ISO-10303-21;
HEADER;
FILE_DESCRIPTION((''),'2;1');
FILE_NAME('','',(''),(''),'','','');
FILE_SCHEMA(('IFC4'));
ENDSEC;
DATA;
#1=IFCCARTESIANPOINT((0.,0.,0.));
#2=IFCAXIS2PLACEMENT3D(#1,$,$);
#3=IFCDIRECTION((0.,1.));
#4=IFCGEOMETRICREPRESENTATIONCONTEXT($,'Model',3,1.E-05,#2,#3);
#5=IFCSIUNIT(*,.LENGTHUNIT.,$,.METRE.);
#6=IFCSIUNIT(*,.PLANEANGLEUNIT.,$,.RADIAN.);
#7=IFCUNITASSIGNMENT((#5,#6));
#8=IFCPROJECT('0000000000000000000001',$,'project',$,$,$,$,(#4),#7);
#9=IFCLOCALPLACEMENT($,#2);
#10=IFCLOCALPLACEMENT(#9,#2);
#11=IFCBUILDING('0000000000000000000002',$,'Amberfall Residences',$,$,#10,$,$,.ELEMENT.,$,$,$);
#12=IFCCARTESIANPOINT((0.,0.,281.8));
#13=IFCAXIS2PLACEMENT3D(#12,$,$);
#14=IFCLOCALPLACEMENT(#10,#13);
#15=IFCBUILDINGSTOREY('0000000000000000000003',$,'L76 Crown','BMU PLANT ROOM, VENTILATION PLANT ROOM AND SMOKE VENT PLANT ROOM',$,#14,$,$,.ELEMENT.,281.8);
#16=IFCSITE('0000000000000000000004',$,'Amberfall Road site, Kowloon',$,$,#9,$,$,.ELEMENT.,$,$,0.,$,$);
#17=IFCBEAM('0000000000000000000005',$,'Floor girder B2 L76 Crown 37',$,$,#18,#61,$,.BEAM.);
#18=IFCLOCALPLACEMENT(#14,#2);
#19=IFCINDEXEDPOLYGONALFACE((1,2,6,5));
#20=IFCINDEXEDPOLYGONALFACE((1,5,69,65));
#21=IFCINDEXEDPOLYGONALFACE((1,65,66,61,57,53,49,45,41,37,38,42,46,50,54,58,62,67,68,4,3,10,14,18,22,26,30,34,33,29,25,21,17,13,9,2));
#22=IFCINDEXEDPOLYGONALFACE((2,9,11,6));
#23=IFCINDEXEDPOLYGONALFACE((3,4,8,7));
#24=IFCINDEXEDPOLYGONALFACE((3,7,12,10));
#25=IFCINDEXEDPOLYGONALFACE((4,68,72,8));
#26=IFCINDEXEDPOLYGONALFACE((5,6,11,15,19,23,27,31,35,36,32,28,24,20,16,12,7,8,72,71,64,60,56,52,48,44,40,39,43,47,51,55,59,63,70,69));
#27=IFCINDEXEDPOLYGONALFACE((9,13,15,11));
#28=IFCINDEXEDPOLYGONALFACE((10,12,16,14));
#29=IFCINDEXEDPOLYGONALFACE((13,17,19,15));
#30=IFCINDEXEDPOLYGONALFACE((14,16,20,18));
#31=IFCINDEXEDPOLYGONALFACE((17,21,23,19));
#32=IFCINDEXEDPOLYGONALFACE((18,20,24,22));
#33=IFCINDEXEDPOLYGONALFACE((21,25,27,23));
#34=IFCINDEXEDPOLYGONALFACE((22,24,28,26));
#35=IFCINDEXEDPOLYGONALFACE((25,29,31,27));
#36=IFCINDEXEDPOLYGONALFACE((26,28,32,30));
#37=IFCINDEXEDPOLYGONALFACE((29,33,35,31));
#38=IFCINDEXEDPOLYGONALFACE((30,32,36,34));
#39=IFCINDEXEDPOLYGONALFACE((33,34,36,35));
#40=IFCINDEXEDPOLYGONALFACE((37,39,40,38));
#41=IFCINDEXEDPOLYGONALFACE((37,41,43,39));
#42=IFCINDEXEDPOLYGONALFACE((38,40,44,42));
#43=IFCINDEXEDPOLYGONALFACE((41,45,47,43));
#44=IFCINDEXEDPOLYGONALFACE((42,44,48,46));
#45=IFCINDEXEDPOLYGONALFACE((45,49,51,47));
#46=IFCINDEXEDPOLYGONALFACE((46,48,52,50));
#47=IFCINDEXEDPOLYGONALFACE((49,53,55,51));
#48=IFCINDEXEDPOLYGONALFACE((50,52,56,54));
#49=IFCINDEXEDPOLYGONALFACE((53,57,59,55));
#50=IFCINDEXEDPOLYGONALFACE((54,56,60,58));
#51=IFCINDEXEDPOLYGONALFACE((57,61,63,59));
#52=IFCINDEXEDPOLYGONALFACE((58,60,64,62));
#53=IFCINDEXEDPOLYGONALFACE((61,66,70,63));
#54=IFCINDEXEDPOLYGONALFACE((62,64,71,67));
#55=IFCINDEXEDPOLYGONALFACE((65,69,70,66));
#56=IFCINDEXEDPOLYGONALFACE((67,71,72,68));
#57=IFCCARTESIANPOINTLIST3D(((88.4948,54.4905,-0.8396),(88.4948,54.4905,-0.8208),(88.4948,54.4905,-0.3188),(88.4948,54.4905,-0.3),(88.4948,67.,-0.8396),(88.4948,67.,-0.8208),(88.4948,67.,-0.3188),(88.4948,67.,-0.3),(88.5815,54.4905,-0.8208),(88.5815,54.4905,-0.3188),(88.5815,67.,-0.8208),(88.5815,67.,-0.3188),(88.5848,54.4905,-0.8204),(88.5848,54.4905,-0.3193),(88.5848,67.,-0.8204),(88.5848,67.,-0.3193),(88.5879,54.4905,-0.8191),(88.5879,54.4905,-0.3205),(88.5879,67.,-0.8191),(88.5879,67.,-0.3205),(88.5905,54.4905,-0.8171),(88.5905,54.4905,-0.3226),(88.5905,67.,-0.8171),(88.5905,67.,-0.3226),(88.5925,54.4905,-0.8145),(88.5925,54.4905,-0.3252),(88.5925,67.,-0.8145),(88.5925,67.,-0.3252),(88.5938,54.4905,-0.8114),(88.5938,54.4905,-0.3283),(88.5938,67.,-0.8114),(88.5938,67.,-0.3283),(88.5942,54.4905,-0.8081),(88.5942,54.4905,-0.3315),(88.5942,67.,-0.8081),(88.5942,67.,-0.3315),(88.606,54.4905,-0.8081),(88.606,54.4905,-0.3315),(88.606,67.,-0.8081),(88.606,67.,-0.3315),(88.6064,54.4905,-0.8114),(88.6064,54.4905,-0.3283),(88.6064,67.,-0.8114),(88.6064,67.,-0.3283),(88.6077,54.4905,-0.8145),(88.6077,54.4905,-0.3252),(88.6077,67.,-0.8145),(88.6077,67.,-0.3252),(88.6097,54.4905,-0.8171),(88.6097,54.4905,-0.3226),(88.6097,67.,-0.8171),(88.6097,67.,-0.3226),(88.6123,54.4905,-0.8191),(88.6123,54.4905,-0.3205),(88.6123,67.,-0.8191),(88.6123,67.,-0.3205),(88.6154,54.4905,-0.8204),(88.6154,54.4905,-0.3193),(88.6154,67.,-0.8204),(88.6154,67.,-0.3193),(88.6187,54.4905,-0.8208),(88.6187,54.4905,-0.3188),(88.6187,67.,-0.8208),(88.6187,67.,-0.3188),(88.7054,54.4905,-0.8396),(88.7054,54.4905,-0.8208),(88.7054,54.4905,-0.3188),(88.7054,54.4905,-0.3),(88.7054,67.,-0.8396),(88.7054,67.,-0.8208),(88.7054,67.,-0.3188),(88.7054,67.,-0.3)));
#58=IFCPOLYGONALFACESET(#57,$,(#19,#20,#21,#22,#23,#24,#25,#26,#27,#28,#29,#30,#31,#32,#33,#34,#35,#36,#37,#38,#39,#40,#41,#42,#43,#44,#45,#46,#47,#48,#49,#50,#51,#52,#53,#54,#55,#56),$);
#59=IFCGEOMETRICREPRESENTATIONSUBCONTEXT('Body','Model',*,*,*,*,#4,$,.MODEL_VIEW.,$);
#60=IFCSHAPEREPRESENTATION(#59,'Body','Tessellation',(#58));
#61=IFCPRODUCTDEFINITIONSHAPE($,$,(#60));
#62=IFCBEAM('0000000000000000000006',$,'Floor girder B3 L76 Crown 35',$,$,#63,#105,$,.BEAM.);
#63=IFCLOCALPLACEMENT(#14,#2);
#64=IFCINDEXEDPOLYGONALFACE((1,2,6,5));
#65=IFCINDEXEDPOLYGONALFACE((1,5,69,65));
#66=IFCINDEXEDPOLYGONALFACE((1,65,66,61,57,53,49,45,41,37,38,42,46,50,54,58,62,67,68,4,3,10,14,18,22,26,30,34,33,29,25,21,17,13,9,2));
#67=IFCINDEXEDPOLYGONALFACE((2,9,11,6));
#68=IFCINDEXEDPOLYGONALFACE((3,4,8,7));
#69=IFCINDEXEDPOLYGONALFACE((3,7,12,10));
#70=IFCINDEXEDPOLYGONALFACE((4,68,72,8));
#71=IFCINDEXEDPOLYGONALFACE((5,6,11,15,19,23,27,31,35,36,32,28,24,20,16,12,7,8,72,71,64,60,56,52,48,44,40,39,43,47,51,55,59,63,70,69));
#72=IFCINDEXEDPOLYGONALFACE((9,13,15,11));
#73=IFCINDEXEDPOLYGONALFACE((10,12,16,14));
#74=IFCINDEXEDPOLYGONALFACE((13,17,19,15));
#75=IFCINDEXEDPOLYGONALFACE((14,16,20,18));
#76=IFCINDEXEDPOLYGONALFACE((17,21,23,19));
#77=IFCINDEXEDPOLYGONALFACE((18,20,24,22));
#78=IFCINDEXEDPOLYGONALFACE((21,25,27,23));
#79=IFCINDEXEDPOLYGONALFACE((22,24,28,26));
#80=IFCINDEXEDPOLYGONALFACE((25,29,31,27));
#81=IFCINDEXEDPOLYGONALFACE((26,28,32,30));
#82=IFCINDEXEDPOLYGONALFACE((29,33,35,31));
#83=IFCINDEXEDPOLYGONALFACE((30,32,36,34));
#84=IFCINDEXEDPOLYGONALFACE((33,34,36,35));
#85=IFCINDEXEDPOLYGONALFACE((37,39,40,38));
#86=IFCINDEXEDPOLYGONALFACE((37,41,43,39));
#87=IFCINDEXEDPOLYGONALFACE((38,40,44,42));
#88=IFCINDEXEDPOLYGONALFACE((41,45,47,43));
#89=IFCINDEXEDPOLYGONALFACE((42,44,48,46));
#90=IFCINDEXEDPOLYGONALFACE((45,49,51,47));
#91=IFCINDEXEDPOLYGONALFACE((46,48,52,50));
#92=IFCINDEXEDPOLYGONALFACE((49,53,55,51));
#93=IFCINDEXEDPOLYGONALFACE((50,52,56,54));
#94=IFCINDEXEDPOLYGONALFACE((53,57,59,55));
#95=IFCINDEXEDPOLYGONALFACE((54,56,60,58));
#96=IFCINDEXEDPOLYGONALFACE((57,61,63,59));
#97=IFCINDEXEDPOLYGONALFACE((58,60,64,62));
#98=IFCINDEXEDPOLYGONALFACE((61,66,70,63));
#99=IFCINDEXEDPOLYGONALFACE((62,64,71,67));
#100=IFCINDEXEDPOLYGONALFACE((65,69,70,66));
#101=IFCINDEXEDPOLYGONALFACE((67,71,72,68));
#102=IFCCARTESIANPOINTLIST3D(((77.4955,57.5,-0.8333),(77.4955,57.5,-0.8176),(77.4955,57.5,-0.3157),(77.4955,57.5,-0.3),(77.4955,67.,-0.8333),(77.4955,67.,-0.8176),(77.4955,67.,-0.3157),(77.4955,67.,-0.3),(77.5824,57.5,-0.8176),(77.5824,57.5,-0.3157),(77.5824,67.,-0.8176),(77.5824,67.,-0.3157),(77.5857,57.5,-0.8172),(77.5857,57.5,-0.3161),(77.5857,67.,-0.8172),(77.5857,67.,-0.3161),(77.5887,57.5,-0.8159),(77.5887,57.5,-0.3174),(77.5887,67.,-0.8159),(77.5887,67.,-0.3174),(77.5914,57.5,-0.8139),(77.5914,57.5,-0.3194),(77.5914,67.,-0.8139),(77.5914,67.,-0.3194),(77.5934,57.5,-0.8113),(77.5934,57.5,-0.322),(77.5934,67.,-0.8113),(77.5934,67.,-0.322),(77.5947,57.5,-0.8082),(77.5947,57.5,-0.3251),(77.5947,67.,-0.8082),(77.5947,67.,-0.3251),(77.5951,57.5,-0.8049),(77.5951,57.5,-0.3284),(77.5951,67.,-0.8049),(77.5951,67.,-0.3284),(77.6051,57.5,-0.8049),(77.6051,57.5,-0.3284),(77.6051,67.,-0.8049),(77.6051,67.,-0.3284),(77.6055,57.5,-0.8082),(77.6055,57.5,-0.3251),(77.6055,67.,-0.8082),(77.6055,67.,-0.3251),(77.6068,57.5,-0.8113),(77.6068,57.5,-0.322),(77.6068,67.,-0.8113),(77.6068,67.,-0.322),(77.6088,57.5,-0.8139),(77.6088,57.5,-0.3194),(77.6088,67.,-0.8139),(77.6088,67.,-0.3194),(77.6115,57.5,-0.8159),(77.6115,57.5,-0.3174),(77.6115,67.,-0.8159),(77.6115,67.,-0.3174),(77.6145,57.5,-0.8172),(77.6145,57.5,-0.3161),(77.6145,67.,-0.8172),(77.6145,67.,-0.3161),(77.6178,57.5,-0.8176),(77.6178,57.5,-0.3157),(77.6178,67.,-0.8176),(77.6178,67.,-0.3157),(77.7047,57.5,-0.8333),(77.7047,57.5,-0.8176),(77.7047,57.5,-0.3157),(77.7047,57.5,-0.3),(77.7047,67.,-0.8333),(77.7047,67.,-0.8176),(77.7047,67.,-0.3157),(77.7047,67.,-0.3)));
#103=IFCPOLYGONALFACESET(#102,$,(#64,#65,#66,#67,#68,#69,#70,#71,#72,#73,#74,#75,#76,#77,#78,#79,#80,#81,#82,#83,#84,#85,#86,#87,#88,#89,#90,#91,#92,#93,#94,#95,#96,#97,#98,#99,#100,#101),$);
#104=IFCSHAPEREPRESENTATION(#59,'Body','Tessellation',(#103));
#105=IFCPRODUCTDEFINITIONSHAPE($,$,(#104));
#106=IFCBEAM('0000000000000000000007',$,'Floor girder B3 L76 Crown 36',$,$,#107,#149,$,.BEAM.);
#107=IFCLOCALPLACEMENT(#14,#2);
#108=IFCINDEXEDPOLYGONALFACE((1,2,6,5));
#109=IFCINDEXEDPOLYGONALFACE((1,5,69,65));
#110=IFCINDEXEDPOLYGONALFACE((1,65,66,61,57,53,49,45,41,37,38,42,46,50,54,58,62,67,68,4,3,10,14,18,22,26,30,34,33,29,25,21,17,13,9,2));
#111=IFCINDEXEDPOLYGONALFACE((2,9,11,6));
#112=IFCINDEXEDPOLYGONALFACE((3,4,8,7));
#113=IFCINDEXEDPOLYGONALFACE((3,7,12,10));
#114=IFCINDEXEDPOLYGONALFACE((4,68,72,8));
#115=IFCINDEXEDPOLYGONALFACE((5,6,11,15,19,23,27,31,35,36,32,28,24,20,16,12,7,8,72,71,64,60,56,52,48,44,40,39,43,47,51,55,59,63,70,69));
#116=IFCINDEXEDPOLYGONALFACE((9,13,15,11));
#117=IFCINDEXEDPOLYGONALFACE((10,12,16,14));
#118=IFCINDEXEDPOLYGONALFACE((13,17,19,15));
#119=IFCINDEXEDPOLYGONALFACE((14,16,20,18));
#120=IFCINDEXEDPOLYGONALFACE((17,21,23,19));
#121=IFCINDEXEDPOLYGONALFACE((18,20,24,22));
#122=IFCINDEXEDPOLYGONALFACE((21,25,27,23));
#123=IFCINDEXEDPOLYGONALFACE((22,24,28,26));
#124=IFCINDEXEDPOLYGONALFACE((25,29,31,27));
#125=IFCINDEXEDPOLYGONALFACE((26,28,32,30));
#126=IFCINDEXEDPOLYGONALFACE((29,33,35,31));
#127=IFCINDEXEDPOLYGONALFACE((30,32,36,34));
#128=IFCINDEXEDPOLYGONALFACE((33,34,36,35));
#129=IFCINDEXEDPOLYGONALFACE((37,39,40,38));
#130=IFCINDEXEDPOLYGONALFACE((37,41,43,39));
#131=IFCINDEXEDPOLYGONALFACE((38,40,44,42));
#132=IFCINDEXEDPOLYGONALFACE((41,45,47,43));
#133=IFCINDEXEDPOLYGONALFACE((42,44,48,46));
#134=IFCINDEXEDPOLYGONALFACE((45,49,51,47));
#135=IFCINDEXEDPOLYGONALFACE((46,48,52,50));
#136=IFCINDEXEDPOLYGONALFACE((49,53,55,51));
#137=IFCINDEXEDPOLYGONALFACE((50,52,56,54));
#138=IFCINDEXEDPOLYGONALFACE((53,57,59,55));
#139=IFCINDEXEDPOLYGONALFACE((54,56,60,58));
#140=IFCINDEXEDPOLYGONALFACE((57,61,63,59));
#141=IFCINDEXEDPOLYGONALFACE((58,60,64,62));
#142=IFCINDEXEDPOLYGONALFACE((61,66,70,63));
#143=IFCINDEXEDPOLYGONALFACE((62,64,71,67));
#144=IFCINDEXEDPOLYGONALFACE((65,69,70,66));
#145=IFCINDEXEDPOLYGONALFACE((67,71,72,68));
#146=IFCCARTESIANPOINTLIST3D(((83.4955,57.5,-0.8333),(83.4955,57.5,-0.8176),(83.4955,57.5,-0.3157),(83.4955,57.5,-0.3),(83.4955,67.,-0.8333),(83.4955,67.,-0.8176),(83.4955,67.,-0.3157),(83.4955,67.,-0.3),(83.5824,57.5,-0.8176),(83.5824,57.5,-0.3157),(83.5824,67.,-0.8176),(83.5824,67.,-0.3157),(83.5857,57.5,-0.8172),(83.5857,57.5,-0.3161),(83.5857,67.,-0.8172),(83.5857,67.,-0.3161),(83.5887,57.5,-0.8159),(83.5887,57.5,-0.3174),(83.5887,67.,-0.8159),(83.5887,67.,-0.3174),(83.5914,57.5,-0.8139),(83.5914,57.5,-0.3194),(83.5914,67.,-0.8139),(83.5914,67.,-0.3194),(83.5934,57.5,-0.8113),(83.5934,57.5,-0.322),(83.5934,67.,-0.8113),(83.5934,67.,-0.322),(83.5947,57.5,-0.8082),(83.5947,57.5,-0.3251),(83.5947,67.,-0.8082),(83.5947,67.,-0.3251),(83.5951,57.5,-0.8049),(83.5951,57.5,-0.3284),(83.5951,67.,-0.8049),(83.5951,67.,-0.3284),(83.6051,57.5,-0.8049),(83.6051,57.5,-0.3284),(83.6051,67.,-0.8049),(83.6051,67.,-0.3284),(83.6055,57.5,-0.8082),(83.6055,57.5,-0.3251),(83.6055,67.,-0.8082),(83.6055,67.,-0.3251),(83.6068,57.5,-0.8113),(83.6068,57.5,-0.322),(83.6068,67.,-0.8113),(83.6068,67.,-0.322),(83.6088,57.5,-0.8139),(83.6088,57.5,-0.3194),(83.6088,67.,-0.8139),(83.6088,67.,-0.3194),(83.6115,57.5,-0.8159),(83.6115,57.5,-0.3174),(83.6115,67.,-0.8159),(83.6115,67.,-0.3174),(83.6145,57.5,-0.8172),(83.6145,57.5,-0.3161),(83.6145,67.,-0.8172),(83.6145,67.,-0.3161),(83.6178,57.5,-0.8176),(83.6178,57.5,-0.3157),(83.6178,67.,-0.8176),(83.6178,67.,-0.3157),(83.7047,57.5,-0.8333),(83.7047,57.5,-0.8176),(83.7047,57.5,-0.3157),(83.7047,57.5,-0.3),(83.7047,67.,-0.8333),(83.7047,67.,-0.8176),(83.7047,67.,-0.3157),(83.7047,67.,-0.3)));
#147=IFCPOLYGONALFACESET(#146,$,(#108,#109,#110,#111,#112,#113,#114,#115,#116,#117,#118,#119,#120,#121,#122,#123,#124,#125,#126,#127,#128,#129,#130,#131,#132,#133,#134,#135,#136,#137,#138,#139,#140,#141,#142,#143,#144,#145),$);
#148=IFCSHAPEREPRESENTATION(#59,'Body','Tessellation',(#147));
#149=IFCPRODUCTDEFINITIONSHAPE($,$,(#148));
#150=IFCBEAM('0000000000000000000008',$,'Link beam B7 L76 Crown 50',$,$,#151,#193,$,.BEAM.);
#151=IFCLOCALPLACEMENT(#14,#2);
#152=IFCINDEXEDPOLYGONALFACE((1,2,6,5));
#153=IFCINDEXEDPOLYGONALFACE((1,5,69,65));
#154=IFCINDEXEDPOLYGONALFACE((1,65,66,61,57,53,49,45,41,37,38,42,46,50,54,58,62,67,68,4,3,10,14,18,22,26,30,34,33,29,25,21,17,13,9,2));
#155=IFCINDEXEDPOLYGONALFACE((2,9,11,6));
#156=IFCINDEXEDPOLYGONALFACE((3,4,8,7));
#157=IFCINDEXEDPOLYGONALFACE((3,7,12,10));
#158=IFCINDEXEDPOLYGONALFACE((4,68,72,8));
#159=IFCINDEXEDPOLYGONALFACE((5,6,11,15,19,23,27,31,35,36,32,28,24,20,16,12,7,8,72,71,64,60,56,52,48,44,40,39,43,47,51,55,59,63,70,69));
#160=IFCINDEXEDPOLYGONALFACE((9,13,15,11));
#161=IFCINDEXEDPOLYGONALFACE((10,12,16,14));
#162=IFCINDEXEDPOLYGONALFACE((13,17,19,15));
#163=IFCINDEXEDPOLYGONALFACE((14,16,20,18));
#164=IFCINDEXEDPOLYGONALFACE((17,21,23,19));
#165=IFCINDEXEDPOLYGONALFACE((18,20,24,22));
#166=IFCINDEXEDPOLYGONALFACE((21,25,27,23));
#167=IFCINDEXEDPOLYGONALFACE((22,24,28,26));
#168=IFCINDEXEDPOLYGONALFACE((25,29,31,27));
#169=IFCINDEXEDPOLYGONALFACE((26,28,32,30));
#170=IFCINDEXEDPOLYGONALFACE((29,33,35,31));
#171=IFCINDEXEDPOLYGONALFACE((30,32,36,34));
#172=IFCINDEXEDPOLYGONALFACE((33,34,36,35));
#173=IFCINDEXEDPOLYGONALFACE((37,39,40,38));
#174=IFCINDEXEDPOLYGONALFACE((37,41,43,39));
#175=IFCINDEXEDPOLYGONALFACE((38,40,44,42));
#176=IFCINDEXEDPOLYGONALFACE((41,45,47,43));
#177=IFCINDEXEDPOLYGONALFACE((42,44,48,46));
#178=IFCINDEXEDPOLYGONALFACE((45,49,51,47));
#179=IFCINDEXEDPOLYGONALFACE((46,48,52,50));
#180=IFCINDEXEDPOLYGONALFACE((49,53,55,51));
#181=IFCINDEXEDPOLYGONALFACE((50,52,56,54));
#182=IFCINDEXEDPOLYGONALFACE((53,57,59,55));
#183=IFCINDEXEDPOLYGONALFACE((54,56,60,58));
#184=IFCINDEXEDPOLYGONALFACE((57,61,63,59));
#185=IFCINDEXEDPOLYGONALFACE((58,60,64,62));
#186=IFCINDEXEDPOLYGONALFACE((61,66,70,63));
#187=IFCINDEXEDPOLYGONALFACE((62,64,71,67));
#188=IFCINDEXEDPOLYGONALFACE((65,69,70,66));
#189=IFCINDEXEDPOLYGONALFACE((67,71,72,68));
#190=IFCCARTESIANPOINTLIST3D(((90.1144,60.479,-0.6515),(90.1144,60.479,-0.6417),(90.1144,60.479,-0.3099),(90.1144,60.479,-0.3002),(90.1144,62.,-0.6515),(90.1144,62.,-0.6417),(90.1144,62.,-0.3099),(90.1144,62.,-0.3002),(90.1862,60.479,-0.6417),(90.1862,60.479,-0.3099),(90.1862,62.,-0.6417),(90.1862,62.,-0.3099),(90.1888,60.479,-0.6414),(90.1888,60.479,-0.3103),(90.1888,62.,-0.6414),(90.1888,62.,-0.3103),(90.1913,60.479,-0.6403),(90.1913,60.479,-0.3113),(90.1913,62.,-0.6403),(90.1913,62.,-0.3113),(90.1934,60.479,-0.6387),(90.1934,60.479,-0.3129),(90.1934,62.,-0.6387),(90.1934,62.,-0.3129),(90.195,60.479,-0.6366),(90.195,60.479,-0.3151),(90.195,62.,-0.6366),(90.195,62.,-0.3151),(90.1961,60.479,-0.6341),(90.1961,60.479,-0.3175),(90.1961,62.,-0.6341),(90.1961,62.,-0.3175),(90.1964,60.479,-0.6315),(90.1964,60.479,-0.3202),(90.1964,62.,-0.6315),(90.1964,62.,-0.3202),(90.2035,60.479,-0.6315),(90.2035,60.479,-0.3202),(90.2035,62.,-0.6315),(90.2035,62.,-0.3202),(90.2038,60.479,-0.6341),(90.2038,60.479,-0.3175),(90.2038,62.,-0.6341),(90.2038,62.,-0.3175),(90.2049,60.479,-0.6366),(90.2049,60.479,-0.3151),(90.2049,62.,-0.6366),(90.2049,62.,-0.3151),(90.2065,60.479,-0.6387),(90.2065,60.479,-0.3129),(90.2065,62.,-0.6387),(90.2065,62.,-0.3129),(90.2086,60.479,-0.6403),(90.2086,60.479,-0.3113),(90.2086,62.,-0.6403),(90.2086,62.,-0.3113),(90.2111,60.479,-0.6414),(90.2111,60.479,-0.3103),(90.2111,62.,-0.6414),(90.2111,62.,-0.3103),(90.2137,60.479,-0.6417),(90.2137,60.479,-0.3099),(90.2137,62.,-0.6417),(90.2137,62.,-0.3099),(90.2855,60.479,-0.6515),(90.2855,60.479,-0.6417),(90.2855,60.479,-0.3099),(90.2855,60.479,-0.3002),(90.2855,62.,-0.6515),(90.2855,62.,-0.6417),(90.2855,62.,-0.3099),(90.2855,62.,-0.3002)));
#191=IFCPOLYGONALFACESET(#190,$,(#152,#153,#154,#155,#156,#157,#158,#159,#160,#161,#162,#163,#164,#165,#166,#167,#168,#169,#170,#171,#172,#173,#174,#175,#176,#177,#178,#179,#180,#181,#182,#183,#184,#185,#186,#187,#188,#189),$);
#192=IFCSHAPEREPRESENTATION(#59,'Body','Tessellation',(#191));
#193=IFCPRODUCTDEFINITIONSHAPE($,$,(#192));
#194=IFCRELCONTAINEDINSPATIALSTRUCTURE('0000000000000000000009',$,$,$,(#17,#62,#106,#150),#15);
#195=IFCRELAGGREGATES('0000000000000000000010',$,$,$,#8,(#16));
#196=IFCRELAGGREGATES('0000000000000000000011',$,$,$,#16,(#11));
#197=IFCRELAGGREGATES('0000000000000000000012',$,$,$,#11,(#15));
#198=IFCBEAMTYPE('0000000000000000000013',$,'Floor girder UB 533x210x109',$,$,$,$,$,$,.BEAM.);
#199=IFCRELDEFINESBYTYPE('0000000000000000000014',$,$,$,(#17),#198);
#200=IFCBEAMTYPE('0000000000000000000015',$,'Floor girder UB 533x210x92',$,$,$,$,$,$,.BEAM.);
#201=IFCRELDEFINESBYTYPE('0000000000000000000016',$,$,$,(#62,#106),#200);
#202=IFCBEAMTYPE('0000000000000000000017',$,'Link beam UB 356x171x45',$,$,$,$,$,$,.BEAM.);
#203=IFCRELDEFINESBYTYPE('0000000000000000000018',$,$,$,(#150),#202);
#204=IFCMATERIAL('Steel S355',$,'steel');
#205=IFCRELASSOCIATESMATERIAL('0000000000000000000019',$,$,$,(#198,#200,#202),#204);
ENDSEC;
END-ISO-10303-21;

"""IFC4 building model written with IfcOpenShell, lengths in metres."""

from ifc_helpers import new_model, si_unit, direction, frame, origin, origin_2d, place, context, subcontext, project, spatial, i_section, extrude, material, material_profile, profile_set, type_object, element, save


model = new_model("IFC4")

# Units and contexts
model_context = context("Model", 3, precision=1e-05, world=origin(), true_north=direction((0.0, 1.0)))
body_context = subcontext(model_context, "Body", "Model", "MODEL_VIEW")
ifc_project = project(units=[si_unit("LENGTHUNIT", "METRE"), si_unit("PLANEANGLEUNIT", "RADIAN")], contexts=[model_context])

# Site, building, storey
site_placement = place(None, origin())
site = spatial("IfcSite", under=ifc_project, at=site_placement, Name="Amberfall Road site, Kowloon", CompositionType="ELEMENT", RefElevation=0.0)
building_placement = place(site_placement, origin())
building = spatial("IfcBuilding", under=site, at=building_placement, Name="Amberfall Residences", CompositionType="ELEMENT")
storey_placement = place(building_placement, frame((0.0, 0.0, 281.8)))
storey = spatial("IfcBuildingStorey", under=building, at=storey_placement, Name="L76 Crown", Description="BMU PLANT ROOM, VENTILATION PLANT ROOM AND SMOKE VENT PLANT ROOM", CompositionType="ELEMENT", Elevation=281.8)

# Beams
ifc_material_1 = material(Name="Steel S355", Category="steel")
ifc_material_profile_1 = material_profile(ifc_material_1, i_section(OverallWidth=0.2107, OverallDepth=0.5396, WebThickness=0.0117, FlangeThickness=0.0188, FilletRadius=0.0127, at=origin_2d()), Name="UB 533x210x109")
ifc_profile_set_1 = profile_set([ifc_material_profile_1], Name="Steel S355")
beam_type_1 = type_object("IfcBeamType", Name="Floor girder UB 533x210x109", PredefinedType="BEAM", material=ifc_profile_set_1)
beam_1_placement = place(storey_placement, frame((88.6001, 67.0, -0.5698), z_axis=(0.0, -1.0, 0.0), x_axis=(1.0, 0.0, 0.0)))
element("IfcBeam", 1, at=beam_1_placement, inside=storey, type_object=beam_type_1, Name="Floor girder B2 L76 Crown 37", PredefinedType="BEAM", context=body_context, shape_type="SweptSolid", body=[
    extrude(i_section(OverallWidth=0.2107, OverallDepth=0.5396, WebThickness=0.0117, FlangeThickness=0.0188, FilletRadius=0.0127, at=origin_2d()), origin(), (0.0, 0.0, 1.0), 12.5095),
])
ifc_material_profile_2 = material_profile(ifc_material_1, i_section(OverallWidth=0.2092, OverallDepth=0.5332, WebThickness=0.01, FlangeThickness=0.0156, FilletRadius=0.0127, at=origin_2d()), Name="UB 533x210x92")
ifc_profile_set_2 = profile_set([ifc_material_profile_2], Name="Steel S355")
beam_type_2 = type_object("IfcBeamType", Name="Floor girder UB 533x210x92", PredefinedType="BEAM", material=ifc_profile_set_2)
for number, where, z_axis, x_axis, name in (
    (2, (77.6001, 67.0, -0.5667), (0.0, -1.0, 0.0), (1.0, 0.0, 0.0), "Floor girder B3 L76 Crown 35"),
    (3, (83.6001, 67.0, -0.5667), (0.0, -1.0, 0.0), (1.0, 0.0, 0.0), "Floor girder B3 L76 Crown 36"),
):
    element("IfcBeam", number, at=place(storey_placement, frame(where, z_axis=z_axis, x_axis=x_axis)), inside=storey, type_object=beam_type_2, Name=name, PredefinedType="BEAM", context=body_context, shape_type="SweptSolid", body=[
        extrude(i_section(OverallWidth=0.2092, OverallDepth=0.5332, WebThickness=0.01, FlangeThickness=0.0156, FilletRadius=0.0127, at=origin_2d()), origin(), (0.0, 0.0, 1.0), 9.5),
    ])
ifc_material_profile_3 = material_profile(ifc_material_1, i_section(OverallWidth=0.1711, OverallDepth=0.3513, WebThickness=0.0071, FlangeThickness=0.0098, FilletRadius=0.0103, at=origin_2d()), Name="UB 356x171x45")
ifc_profile_set_3 = profile_set([ifc_material_profile_3], Name="Steel S355")
beam_type_3 = type_object("IfcBeamType", Name="Link beam UB 356x171x45", PredefinedType="BEAM", material=ifc_profile_set_3)
beam_2_placement = place(storey_placement, frame((90.2, 62.0, -0.4758), z_axis=(0.0, -1.0, 0.0), x_axis=(1.0, 0.0, 0.0)))
element("IfcBeam", 4, at=beam_2_placement, inside=storey, type_object=beam_type_3, Name="Link beam B7 L76 Crown 50", PredefinedType="BEAM", context=body_context, shape_type="SweptSolid", body=[
    extrude(i_section(OverallWidth=0.1711, OverallDepth=0.3513, WebThickness=0.0071, FlangeThickness=0.0098, FilletRadius=0.0103, at=origin_2d()), origin(), (0.0, 0.0, 1.0), 1.521),
])

save(model, "model.ifc")
